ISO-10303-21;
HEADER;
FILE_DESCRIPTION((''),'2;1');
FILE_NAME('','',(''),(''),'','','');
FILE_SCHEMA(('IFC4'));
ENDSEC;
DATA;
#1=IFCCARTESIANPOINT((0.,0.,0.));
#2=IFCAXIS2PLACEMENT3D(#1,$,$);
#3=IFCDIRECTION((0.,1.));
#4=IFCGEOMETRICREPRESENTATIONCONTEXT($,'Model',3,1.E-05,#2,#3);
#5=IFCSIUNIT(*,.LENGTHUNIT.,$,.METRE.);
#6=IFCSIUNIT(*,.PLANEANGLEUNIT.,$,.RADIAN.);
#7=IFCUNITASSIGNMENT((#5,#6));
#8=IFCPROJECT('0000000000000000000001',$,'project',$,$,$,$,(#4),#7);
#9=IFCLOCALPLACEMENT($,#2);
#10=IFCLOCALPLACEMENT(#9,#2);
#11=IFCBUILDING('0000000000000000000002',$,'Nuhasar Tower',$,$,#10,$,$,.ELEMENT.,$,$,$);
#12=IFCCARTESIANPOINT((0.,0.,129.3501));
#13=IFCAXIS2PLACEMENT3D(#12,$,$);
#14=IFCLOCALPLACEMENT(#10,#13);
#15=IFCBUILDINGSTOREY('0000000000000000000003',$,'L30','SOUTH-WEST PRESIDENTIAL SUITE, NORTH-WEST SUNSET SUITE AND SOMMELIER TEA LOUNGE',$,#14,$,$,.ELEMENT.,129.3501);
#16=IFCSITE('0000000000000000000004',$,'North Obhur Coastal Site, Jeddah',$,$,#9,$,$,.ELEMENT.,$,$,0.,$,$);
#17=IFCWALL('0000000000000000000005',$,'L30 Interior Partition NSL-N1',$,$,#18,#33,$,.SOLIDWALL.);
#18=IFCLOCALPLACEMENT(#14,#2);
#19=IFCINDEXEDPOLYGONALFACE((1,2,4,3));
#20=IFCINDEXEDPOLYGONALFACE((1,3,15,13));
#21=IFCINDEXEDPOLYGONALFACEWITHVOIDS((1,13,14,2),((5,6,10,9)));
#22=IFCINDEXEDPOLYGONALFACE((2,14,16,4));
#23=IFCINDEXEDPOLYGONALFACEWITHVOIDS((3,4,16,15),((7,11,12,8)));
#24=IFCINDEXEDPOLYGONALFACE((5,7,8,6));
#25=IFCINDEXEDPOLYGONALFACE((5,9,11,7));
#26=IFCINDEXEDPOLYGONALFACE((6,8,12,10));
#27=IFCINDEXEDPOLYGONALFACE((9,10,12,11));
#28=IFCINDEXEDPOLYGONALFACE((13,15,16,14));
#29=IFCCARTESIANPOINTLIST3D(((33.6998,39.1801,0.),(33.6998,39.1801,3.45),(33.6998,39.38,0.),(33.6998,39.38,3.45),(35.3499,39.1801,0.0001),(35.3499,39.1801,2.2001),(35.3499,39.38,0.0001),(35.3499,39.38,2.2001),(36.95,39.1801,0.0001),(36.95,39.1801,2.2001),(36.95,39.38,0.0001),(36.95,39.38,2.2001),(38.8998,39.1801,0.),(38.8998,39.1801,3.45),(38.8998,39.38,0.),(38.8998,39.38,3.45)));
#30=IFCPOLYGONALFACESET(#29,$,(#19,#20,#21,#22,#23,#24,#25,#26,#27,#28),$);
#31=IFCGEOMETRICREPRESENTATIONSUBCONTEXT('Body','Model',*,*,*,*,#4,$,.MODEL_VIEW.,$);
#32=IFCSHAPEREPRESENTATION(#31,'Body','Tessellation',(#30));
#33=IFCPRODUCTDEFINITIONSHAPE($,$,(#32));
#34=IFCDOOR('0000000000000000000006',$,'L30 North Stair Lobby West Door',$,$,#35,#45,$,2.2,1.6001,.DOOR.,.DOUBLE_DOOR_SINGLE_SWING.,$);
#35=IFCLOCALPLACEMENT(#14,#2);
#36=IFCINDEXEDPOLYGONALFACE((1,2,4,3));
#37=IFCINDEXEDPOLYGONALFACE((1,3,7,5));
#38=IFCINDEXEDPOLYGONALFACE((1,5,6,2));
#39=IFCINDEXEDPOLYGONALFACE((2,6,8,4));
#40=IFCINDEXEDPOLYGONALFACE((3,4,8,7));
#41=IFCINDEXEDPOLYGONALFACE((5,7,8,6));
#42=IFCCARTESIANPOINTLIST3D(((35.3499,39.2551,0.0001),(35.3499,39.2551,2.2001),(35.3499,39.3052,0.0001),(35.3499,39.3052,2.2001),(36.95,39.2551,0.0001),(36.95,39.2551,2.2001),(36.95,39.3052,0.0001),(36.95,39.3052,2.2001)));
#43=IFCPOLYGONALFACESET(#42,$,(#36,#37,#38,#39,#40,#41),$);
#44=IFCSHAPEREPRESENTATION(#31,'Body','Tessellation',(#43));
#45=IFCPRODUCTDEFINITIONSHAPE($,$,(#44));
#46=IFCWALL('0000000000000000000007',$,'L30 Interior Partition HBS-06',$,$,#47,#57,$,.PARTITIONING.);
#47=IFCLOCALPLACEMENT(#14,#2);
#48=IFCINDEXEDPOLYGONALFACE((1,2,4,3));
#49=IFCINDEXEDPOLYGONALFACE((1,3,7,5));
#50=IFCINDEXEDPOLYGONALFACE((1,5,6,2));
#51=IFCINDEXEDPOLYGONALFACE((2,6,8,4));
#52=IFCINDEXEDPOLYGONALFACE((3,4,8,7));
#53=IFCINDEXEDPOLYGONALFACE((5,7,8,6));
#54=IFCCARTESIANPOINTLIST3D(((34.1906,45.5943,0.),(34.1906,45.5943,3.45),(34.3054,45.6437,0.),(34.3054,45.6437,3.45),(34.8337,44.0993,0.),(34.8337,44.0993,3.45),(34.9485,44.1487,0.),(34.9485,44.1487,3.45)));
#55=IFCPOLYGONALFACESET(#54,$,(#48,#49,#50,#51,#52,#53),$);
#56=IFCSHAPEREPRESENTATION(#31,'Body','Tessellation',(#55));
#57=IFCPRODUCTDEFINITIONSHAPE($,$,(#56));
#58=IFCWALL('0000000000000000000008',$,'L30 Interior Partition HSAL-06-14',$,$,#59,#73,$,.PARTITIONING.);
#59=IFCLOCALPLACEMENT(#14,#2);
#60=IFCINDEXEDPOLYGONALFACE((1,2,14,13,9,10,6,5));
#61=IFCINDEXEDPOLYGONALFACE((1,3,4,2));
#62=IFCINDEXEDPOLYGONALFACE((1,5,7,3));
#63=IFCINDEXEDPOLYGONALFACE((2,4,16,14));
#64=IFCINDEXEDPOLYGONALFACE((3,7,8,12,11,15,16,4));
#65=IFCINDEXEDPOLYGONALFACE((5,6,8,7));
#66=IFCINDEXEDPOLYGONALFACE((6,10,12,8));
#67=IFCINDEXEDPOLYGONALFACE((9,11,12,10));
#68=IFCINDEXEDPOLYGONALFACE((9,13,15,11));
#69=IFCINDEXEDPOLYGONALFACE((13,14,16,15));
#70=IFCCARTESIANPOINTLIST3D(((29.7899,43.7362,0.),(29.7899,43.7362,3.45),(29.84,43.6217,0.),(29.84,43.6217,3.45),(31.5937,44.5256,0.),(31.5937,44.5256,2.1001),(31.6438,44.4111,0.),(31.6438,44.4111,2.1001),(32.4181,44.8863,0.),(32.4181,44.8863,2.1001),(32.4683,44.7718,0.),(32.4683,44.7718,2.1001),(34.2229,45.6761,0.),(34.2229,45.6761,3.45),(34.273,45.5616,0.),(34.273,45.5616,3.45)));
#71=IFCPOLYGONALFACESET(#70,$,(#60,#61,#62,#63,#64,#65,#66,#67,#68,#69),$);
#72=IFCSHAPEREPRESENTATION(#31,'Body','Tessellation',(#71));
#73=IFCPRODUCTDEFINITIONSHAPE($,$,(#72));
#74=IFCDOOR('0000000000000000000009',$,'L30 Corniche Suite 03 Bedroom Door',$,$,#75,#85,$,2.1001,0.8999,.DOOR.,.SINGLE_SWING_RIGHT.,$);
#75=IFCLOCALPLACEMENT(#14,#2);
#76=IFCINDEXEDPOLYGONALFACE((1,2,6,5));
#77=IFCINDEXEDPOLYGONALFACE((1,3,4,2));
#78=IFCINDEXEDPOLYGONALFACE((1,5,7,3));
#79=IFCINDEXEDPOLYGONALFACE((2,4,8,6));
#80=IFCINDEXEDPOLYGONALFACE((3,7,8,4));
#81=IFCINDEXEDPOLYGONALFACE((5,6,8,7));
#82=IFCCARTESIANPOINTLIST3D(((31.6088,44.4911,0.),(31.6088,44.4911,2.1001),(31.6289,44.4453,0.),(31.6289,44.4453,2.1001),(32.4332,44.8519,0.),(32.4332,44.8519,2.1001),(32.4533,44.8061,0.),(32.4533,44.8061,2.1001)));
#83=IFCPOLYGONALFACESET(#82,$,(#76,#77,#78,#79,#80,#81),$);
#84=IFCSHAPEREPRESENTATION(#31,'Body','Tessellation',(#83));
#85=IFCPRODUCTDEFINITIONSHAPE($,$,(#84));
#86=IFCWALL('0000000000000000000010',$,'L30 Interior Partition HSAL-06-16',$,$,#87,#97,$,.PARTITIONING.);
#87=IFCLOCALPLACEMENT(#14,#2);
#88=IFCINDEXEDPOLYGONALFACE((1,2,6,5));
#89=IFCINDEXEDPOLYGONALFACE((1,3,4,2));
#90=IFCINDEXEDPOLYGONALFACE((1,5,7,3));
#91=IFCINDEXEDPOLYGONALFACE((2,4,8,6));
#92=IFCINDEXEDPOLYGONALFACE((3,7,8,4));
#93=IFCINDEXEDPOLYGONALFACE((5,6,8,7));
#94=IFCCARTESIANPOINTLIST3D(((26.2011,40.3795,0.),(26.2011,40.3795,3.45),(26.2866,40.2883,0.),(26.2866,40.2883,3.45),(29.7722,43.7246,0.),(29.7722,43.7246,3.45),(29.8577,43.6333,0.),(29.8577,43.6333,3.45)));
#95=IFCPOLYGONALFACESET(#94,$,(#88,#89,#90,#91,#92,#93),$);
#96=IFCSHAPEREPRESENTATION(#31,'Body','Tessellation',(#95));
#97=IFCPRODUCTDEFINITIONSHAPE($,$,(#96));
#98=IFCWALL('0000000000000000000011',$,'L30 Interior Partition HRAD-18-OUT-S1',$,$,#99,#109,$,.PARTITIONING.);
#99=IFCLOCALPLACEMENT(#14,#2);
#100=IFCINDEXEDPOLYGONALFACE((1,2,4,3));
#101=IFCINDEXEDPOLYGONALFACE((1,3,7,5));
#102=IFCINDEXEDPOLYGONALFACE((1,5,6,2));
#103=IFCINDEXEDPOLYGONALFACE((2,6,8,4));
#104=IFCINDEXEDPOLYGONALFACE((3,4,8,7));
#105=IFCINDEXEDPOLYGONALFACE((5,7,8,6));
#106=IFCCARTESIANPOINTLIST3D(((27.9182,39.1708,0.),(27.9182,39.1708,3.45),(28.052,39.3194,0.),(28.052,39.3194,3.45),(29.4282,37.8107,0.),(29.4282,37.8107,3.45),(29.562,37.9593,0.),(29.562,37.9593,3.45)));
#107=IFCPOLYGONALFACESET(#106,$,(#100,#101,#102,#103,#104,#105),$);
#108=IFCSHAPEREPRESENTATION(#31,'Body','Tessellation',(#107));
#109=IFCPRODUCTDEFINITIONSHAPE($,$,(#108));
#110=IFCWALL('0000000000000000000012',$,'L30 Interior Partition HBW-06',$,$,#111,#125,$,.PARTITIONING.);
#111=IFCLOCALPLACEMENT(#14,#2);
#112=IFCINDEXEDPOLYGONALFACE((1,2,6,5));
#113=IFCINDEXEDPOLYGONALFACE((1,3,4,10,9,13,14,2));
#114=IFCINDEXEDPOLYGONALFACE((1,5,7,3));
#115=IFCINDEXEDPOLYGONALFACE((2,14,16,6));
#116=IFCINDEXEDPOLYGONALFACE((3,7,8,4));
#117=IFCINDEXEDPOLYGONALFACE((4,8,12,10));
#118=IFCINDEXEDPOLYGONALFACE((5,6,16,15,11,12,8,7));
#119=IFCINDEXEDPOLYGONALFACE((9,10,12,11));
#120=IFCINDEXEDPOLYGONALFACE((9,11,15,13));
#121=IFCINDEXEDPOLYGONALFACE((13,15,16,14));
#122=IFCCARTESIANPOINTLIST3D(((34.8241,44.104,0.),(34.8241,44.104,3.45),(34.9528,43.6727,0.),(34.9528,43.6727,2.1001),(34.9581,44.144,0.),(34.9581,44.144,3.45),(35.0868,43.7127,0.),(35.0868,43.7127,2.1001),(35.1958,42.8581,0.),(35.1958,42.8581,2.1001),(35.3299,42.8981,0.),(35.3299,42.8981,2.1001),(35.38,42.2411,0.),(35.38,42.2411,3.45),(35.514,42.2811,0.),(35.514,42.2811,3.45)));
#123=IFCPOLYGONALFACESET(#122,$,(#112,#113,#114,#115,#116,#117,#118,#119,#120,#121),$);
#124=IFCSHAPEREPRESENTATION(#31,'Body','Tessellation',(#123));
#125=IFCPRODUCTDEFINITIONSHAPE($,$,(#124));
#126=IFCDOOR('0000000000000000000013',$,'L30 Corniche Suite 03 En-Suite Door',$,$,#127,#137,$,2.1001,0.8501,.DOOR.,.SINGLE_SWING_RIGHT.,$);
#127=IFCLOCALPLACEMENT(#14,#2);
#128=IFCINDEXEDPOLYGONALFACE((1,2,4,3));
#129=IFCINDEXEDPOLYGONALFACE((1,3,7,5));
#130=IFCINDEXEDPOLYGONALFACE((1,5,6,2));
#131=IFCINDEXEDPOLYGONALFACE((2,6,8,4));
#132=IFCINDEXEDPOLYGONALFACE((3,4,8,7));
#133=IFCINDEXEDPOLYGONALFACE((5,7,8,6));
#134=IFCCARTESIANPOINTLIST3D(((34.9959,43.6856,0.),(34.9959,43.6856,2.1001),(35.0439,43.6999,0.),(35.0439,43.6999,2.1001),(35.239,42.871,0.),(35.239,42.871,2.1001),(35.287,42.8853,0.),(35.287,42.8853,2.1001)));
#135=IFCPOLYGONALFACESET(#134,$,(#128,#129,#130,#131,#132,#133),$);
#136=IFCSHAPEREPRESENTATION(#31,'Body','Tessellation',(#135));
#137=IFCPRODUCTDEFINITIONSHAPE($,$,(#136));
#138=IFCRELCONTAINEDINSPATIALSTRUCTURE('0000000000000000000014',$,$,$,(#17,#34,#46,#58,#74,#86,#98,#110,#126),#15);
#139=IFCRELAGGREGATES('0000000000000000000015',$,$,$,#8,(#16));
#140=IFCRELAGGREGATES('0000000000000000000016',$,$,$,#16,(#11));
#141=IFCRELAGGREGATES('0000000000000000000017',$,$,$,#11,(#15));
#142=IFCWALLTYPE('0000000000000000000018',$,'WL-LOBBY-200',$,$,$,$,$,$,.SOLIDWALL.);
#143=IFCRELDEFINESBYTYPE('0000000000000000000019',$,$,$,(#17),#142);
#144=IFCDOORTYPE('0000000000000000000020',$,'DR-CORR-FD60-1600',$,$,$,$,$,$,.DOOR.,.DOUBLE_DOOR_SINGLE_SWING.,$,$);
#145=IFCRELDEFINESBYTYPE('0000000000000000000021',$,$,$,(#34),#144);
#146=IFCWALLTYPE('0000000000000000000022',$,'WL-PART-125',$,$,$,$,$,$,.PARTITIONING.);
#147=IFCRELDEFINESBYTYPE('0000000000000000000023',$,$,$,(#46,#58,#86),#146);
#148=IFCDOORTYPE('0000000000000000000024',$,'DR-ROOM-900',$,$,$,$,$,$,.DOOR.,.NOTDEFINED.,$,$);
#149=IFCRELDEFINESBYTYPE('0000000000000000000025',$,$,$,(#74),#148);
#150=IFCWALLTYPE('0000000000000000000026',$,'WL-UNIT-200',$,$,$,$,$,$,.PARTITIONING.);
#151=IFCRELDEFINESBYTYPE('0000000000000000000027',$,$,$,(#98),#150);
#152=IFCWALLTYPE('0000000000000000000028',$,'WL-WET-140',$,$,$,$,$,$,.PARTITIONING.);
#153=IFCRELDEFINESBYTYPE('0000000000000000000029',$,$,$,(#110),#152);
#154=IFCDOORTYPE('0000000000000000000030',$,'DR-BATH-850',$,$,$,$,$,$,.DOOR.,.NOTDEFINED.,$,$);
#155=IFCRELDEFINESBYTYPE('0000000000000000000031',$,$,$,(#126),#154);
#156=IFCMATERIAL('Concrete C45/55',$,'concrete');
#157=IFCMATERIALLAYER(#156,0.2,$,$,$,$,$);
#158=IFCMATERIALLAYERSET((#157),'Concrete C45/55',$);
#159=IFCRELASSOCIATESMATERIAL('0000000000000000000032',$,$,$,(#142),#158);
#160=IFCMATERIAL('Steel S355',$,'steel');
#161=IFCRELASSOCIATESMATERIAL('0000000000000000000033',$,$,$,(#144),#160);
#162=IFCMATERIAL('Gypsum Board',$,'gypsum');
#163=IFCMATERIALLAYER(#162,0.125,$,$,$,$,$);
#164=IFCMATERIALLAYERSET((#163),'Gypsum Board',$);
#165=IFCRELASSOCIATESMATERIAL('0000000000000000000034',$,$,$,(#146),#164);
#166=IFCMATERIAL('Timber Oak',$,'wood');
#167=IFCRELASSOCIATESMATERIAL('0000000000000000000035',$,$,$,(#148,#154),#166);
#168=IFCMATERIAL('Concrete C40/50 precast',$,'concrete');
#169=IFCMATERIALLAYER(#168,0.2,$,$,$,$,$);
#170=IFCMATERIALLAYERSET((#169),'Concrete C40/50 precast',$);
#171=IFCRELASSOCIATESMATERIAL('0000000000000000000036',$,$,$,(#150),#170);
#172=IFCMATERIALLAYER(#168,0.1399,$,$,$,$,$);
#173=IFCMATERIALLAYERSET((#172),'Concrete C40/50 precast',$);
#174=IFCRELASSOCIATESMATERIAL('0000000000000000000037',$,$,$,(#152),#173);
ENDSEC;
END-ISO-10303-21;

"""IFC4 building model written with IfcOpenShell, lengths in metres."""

from ifc_helpers import new_model, si_unit, direction, frame, frame_2d, origin, place, context, subcontext, project, spatial, rectangle, extrude, material, layer, layer_set, type_object, element, fill, save


model = new_model("IFC4")

# Units and contexts
model_context = context("Model", 3, precision=1e-05, world=origin(), true_north=direction((0.0, 1.0)))
body_context = subcontext(model_context, "Body", "Model", "MODEL_VIEW")
ifc_project = project(units=[si_unit("LENGTHUNIT", "METRE"), si_unit("PLANEANGLEUNIT", "RADIAN")], contexts=[model_context])

# Site, building, storey
site_placement = place(None, origin())
site = spatial("IfcSite", under=ifc_project, at=site_placement, Name="North Obhur Coastal Site, Jeddah", CompositionType="ELEMENT", RefElevation=0.0)
building_placement = place(site_placement, origin())
building = spatial("IfcBuilding", under=site, at=building_placement, Name="Nuhasar Tower", CompositionType="ELEMENT")
storey_placement = place(building_placement, frame((0.0, 0.0, 129.3501)))
storey = spatial("IfcBuildingStorey", under=building, at=storey_placement, Name="L30", Description="SOUTH-WEST PRESIDENTIAL SUITE, NORTH-WEST SUNSET SUITE AND SOMMELIER TEA LOUNGE", CompositionType="ELEMENT", Elevation=129.3501)

# Shared definitions
ifc_material_1 = material(Name="Steel S355", Category="steel")

# Shared definitions
ifc_material_2 = material(Name="Gypsum Board", Category="gypsum")
ifc_material_3 = material(Name="Timber Oak", Category="wood")

# Shared definitions
ifc_material_4 = material(Name="Concrete C45/55", Category="concrete")
ifc_layer_1 = layer(ifc_material_4, 0.2)
ifc_layer_set_1 = layer_set([ifc_layer_1], Name="Concrete C45/55")
wall_type_1 = type_object("IfcWallType", Name="WL-LOBBY-200", PredefinedType="SOLIDWALL", material=ifc_layer_set_1)

# Wall, opening, door
wall_1_placement = place(storey_placement, frame((38.8999, 39.28, 0.0), z_axis=(0.0, 0.0, 1.0), x_axis=(-1.0, 0.0, 0.0)))
wall_1 = element("IfcWall", 1, at=wall_1_placement, inside=storey, type_object=wall_type_1, Name="L30 Interior Partition NSL-N1", PredefinedType="SOLIDWALL", context=body_context, shape_type="SweptSolid", body=[
    extrude(rectangle(XDim=5.2, YDim=0.2, at=frame_2d((2.6001, 0.0))), origin(), (0.0, 0.0, 1.0), 3.45),
])
opening_1_placement = place(wall_1_placement, frame((1.95, 0.0, 0.0)))
opening_1 = element("IfcOpeningElement", 2, at=opening_1_placement, cuts=wall_1, PredefinedType="OPENING", context=body_context, shape_type="SweptSolid", body=[
    extrude(rectangle(XDim=1.6001, YDim=2.2, at=frame_2d((0.8, 1.1001))), frame((0.0, 0.1099, 0.0), z_axis=(0.0, -1.0, 0.0), x_axis=(1.0, 0.0, 0.0)), (0.0, 0.0, 1.0), 0.22),
])
door_type_1 = type_object("IfcDoorType", Name="DR-CORR-FD60-1600", OperationType="DOUBLE_DOOR_SINGLE_SWING", PredefinedType="DOOR", material=ifc_material_1)
door_1_placement = place(opening_1_placement, origin())
door_1 = element("IfcDoor", 3, at=door_1_placement, inside=storey, type_object=door_type_1, Name="L30 North Stair Lobby West Door", OperationType="DOUBLE_DOOR_SINGLE_SWING", OverallHeight=2.2, OverallWidth=1.6001, PredefinedType="DOOR", context=body_context, shape_type="SweptSolid", body=[
    extrude(rectangle(XDim=1.6001, YDim=2.2, at=frame_2d((0.8, 1.1001))), frame((0.0, 0.0249, 0.0), z_axis=(0.0, -1.0, 0.0), x_axis=(1.0, 0.0, 0.0)), (0.0, 0.0, 1.0), 0.05),
])
fill(opening_1, door_1)

# Wall
ifc_layer_2 = layer(ifc_material_2, 0.125)
ifc_layer_set_2 = layer_set([ifc_layer_2], Name="Gypsum Board")
wall_type_2 = type_object("IfcWallType", Name="WL-PART-125", PredefinedType="PARTITIONING", material=ifc_layer_set_2)
wall_2_placement = place(storey_placement, frame((34.8911, 44.124, 0.0), z_axis=(0.0, 0.0, 1.0), x_axis=(-0.395168, 0.918609, 0.0)))
element("IfcWall", 4, at=wall_2_placement, inside=storey, type_object=wall_type_2, Name="L30 Interior Partition HBS-06", PredefinedType="PARTITIONING", context=body_context, shape_type="SweptSolid", body=[
    extrude(rectangle(XDim=1.6274, YDim=0.125, at=frame_2d((0.8137, 0.0))), origin(), (0.0, 0.0, 1.0), 3.45),
])

# Wall, opening, door
wall_3_placement = place(storey_placement, frame((29.8149, 43.679, 0.0), z_axis=(0.0, 0.0, 1.0), x_axis=(0.916123, 0.400898, 0.0)))
wall_3 = element("IfcWall", 5, at=wall_3_placement, inside=storey, type_object=wall_type_2, Name="L30 Interior Partition HSAL-06-14", PredefinedType="PARTITIONING", context=body_context, shape_type="SweptSolid", body=[
    extrude(rectangle(XDim=4.8389, YDim=0.125, at=frame_2d((2.4194, 0.0))), origin(), (0.0, 0.0, 1.0), 3.45),
])
opening_2_placement = place(wall_3_placement, frame((1.969, 0.0, 0.0)))
opening_2 = element("IfcOpeningElement", 6, at=opening_2_placement, cuts=wall_3, PredefinedType="OPENING", context=body_context, shape_type="SweptSolid", body=[
    extrude(rectangle(XDim=0.8999, YDim=2.1001, at=frame_2d((0.45, 1.05))), frame((0.0, 0.0725, 0.0), z_axis=(0.0, -1.0, 0.0), x_axis=(1.0, 0.0, 0.0)), (0.0, 0.0, 1.0), 0.145),
])
door_type_2 = type_object("IfcDoorType", Name="DR-ROOM-900", OperationType="NOTDEFINED", PredefinedType="DOOR", material=ifc_material_3)
door_2_placement = place(opening_2_placement, origin())
door_2 = element("IfcDoor", 7, at=door_2_placement, inside=storey, type_object=door_type_2, Name="L30 Corniche Suite 03 Bedroom Door", OperationType="SINGLE_SWING_RIGHT", OverallHeight=2.1001, OverallWidth=0.8999, PredefinedType="DOOR", context=body_context, shape_type="SweptSolid", body=[
    extrude(rectangle(XDim=0.8999, YDim=2.1001, at=frame_2d((0.45, 1.05))), frame((0.0, 0.0249, 0.0), z_axis=(0.0, -1.0, 0.0), x_axis=(1.0, 0.0, 0.0)), (0.0, 0.0, 1.0), 0.05),
])
fill(opening_2, door_2)

# Walls
wall_4_placement = place(storey_placement, frame((29.8149, 43.679, 0.0), z_axis=(0.0, 0.0, 1.0), x_axis=(-0.729831, -0.683627, 0.0)))
element("IfcWall", 8, at=wall_4_placement, inside=storey, type_object=wall_type_2, Name="L30 Interior Partition HSAL-06-16", PredefinedType="PARTITIONING", context=body_context, shape_type="SweptSolid", body=[
    extrude(rectangle(XDim=4.8931, YDim=0.125, at=frame_2d((2.4465, 0.0))), origin(), (0.0, 0.0, 1.0), 3.45),
])
ifc_material_5 = material(Name="Concrete C40/50 precast", Category="concrete")
ifc_layer_3 = layer(ifc_material_5, 0.2)
ifc_layer_set_3 = layer_set([ifc_layer_3], Name="Concrete C40/50 precast")
wall_type_3 = type_object("IfcWallType", Name="WL-UNIT-200", PredefinedType="PARTITIONING", material=ifc_layer_set_3)
wall_5_placement = place(storey_placement, frame((29.4951, 37.885, 0.0), z_axis=(0.0, 0.0, 1.0), x_axis=(-0.743025, 0.669263, 0.0)))
element("IfcWall", 9, at=wall_5_placement, inside=storey, type_object=wall_type_3, Name="L30 Interior Partition HRAD-18-OUT-S1", PredefinedType="PARTITIONING", context=body_context, shape_type="SweptSolid", body=[
    extrude(rectangle(XDim=2.0322, YDim=0.2, at=frame_2d((1.0161, 0.0))), origin(), (0.0, 0.0, 1.0), 3.45),
])

# Wall, opening, door
ifc_layer_4 = layer(ifc_material_5, 0.1399)
ifc_layer_set_4 = layer_set([ifc_layer_4], Name="Concrete C40/50 precast")
wall_type_4 = type_object("IfcWallType", Name="WL-WET-140", PredefinedType="PARTITIONING", material=ifc_layer_set_4)
wall_6_placement = place(storey_placement, frame((35.447, 42.261, 0.0), z_axis=(0.0, 0.0, 1.0), x_axis=(-0.285931, 0.95825, 0.0)))
wall_6 = element("IfcWall", 10, at=wall_6_placement, inside=storey, type_object=wall_type_4, Name="L30 Interior Partition HBW-06", PredefinedType="PARTITIONING", context=body_context, shape_type="SweptSolid", body=[
    extrude(rectangle(XDim=1.9441, YDim=0.1399, at=frame_2d((0.9722, 0.0))), origin(), (0.0, 0.0, 1.0), 3.45),
])
opening_3_placement = place(wall_6_placement, frame((0.644, 0.0, 0.0)))
opening_3 = element("IfcOpeningElement", 11, at=opening_3_placement, cuts=wall_6, PredefinedType="OPENING", context=body_context, shape_type="SweptSolid", body=[
    extrude(rectangle(XDim=0.8501, YDim=2.1001, at=frame_2d((0.425, 1.05))), frame((0.0, 0.0801, 0.0), z_axis=(0.0, -1.0, 0.0), x_axis=(1.0, 0.0, 0.0)), (0.0, 0.0, 1.0), 0.1599),
])
door_type_3 = type_object("IfcDoorType", Name="DR-BATH-850", OperationType="NOTDEFINED", PredefinedType="DOOR", material=ifc_material_3)
door_3_placement = place(opening_3_placement, origin())
door_3 = element("IfcDoor", 12, at=door_3_placement, inside=storey, type_object=door_type_3, Name="L30 Corniche Suite 03 En-Suite Door", OperationType="SINGLE_SWING_RIGHT", OverallHeight=2.1001, OverallWidth=0.8501, PredefinedType="DOOR", context=body_context, shape_type="SweptSolid", body=[
    extrude(rectangle(XDim=0.8501, YDim=2.1001, at=frame_2d((0.425, 1.05))), frame((0.0, 0.0249, 0.0), z_axis=(0.0, -1.0, 0.0), x_axis=(1.0, 0.0, 0.0)), (0.0, 0.0, 1.0), 0.05),
])
fill(opening_3, door_3)

save(model, "model.ifc")
